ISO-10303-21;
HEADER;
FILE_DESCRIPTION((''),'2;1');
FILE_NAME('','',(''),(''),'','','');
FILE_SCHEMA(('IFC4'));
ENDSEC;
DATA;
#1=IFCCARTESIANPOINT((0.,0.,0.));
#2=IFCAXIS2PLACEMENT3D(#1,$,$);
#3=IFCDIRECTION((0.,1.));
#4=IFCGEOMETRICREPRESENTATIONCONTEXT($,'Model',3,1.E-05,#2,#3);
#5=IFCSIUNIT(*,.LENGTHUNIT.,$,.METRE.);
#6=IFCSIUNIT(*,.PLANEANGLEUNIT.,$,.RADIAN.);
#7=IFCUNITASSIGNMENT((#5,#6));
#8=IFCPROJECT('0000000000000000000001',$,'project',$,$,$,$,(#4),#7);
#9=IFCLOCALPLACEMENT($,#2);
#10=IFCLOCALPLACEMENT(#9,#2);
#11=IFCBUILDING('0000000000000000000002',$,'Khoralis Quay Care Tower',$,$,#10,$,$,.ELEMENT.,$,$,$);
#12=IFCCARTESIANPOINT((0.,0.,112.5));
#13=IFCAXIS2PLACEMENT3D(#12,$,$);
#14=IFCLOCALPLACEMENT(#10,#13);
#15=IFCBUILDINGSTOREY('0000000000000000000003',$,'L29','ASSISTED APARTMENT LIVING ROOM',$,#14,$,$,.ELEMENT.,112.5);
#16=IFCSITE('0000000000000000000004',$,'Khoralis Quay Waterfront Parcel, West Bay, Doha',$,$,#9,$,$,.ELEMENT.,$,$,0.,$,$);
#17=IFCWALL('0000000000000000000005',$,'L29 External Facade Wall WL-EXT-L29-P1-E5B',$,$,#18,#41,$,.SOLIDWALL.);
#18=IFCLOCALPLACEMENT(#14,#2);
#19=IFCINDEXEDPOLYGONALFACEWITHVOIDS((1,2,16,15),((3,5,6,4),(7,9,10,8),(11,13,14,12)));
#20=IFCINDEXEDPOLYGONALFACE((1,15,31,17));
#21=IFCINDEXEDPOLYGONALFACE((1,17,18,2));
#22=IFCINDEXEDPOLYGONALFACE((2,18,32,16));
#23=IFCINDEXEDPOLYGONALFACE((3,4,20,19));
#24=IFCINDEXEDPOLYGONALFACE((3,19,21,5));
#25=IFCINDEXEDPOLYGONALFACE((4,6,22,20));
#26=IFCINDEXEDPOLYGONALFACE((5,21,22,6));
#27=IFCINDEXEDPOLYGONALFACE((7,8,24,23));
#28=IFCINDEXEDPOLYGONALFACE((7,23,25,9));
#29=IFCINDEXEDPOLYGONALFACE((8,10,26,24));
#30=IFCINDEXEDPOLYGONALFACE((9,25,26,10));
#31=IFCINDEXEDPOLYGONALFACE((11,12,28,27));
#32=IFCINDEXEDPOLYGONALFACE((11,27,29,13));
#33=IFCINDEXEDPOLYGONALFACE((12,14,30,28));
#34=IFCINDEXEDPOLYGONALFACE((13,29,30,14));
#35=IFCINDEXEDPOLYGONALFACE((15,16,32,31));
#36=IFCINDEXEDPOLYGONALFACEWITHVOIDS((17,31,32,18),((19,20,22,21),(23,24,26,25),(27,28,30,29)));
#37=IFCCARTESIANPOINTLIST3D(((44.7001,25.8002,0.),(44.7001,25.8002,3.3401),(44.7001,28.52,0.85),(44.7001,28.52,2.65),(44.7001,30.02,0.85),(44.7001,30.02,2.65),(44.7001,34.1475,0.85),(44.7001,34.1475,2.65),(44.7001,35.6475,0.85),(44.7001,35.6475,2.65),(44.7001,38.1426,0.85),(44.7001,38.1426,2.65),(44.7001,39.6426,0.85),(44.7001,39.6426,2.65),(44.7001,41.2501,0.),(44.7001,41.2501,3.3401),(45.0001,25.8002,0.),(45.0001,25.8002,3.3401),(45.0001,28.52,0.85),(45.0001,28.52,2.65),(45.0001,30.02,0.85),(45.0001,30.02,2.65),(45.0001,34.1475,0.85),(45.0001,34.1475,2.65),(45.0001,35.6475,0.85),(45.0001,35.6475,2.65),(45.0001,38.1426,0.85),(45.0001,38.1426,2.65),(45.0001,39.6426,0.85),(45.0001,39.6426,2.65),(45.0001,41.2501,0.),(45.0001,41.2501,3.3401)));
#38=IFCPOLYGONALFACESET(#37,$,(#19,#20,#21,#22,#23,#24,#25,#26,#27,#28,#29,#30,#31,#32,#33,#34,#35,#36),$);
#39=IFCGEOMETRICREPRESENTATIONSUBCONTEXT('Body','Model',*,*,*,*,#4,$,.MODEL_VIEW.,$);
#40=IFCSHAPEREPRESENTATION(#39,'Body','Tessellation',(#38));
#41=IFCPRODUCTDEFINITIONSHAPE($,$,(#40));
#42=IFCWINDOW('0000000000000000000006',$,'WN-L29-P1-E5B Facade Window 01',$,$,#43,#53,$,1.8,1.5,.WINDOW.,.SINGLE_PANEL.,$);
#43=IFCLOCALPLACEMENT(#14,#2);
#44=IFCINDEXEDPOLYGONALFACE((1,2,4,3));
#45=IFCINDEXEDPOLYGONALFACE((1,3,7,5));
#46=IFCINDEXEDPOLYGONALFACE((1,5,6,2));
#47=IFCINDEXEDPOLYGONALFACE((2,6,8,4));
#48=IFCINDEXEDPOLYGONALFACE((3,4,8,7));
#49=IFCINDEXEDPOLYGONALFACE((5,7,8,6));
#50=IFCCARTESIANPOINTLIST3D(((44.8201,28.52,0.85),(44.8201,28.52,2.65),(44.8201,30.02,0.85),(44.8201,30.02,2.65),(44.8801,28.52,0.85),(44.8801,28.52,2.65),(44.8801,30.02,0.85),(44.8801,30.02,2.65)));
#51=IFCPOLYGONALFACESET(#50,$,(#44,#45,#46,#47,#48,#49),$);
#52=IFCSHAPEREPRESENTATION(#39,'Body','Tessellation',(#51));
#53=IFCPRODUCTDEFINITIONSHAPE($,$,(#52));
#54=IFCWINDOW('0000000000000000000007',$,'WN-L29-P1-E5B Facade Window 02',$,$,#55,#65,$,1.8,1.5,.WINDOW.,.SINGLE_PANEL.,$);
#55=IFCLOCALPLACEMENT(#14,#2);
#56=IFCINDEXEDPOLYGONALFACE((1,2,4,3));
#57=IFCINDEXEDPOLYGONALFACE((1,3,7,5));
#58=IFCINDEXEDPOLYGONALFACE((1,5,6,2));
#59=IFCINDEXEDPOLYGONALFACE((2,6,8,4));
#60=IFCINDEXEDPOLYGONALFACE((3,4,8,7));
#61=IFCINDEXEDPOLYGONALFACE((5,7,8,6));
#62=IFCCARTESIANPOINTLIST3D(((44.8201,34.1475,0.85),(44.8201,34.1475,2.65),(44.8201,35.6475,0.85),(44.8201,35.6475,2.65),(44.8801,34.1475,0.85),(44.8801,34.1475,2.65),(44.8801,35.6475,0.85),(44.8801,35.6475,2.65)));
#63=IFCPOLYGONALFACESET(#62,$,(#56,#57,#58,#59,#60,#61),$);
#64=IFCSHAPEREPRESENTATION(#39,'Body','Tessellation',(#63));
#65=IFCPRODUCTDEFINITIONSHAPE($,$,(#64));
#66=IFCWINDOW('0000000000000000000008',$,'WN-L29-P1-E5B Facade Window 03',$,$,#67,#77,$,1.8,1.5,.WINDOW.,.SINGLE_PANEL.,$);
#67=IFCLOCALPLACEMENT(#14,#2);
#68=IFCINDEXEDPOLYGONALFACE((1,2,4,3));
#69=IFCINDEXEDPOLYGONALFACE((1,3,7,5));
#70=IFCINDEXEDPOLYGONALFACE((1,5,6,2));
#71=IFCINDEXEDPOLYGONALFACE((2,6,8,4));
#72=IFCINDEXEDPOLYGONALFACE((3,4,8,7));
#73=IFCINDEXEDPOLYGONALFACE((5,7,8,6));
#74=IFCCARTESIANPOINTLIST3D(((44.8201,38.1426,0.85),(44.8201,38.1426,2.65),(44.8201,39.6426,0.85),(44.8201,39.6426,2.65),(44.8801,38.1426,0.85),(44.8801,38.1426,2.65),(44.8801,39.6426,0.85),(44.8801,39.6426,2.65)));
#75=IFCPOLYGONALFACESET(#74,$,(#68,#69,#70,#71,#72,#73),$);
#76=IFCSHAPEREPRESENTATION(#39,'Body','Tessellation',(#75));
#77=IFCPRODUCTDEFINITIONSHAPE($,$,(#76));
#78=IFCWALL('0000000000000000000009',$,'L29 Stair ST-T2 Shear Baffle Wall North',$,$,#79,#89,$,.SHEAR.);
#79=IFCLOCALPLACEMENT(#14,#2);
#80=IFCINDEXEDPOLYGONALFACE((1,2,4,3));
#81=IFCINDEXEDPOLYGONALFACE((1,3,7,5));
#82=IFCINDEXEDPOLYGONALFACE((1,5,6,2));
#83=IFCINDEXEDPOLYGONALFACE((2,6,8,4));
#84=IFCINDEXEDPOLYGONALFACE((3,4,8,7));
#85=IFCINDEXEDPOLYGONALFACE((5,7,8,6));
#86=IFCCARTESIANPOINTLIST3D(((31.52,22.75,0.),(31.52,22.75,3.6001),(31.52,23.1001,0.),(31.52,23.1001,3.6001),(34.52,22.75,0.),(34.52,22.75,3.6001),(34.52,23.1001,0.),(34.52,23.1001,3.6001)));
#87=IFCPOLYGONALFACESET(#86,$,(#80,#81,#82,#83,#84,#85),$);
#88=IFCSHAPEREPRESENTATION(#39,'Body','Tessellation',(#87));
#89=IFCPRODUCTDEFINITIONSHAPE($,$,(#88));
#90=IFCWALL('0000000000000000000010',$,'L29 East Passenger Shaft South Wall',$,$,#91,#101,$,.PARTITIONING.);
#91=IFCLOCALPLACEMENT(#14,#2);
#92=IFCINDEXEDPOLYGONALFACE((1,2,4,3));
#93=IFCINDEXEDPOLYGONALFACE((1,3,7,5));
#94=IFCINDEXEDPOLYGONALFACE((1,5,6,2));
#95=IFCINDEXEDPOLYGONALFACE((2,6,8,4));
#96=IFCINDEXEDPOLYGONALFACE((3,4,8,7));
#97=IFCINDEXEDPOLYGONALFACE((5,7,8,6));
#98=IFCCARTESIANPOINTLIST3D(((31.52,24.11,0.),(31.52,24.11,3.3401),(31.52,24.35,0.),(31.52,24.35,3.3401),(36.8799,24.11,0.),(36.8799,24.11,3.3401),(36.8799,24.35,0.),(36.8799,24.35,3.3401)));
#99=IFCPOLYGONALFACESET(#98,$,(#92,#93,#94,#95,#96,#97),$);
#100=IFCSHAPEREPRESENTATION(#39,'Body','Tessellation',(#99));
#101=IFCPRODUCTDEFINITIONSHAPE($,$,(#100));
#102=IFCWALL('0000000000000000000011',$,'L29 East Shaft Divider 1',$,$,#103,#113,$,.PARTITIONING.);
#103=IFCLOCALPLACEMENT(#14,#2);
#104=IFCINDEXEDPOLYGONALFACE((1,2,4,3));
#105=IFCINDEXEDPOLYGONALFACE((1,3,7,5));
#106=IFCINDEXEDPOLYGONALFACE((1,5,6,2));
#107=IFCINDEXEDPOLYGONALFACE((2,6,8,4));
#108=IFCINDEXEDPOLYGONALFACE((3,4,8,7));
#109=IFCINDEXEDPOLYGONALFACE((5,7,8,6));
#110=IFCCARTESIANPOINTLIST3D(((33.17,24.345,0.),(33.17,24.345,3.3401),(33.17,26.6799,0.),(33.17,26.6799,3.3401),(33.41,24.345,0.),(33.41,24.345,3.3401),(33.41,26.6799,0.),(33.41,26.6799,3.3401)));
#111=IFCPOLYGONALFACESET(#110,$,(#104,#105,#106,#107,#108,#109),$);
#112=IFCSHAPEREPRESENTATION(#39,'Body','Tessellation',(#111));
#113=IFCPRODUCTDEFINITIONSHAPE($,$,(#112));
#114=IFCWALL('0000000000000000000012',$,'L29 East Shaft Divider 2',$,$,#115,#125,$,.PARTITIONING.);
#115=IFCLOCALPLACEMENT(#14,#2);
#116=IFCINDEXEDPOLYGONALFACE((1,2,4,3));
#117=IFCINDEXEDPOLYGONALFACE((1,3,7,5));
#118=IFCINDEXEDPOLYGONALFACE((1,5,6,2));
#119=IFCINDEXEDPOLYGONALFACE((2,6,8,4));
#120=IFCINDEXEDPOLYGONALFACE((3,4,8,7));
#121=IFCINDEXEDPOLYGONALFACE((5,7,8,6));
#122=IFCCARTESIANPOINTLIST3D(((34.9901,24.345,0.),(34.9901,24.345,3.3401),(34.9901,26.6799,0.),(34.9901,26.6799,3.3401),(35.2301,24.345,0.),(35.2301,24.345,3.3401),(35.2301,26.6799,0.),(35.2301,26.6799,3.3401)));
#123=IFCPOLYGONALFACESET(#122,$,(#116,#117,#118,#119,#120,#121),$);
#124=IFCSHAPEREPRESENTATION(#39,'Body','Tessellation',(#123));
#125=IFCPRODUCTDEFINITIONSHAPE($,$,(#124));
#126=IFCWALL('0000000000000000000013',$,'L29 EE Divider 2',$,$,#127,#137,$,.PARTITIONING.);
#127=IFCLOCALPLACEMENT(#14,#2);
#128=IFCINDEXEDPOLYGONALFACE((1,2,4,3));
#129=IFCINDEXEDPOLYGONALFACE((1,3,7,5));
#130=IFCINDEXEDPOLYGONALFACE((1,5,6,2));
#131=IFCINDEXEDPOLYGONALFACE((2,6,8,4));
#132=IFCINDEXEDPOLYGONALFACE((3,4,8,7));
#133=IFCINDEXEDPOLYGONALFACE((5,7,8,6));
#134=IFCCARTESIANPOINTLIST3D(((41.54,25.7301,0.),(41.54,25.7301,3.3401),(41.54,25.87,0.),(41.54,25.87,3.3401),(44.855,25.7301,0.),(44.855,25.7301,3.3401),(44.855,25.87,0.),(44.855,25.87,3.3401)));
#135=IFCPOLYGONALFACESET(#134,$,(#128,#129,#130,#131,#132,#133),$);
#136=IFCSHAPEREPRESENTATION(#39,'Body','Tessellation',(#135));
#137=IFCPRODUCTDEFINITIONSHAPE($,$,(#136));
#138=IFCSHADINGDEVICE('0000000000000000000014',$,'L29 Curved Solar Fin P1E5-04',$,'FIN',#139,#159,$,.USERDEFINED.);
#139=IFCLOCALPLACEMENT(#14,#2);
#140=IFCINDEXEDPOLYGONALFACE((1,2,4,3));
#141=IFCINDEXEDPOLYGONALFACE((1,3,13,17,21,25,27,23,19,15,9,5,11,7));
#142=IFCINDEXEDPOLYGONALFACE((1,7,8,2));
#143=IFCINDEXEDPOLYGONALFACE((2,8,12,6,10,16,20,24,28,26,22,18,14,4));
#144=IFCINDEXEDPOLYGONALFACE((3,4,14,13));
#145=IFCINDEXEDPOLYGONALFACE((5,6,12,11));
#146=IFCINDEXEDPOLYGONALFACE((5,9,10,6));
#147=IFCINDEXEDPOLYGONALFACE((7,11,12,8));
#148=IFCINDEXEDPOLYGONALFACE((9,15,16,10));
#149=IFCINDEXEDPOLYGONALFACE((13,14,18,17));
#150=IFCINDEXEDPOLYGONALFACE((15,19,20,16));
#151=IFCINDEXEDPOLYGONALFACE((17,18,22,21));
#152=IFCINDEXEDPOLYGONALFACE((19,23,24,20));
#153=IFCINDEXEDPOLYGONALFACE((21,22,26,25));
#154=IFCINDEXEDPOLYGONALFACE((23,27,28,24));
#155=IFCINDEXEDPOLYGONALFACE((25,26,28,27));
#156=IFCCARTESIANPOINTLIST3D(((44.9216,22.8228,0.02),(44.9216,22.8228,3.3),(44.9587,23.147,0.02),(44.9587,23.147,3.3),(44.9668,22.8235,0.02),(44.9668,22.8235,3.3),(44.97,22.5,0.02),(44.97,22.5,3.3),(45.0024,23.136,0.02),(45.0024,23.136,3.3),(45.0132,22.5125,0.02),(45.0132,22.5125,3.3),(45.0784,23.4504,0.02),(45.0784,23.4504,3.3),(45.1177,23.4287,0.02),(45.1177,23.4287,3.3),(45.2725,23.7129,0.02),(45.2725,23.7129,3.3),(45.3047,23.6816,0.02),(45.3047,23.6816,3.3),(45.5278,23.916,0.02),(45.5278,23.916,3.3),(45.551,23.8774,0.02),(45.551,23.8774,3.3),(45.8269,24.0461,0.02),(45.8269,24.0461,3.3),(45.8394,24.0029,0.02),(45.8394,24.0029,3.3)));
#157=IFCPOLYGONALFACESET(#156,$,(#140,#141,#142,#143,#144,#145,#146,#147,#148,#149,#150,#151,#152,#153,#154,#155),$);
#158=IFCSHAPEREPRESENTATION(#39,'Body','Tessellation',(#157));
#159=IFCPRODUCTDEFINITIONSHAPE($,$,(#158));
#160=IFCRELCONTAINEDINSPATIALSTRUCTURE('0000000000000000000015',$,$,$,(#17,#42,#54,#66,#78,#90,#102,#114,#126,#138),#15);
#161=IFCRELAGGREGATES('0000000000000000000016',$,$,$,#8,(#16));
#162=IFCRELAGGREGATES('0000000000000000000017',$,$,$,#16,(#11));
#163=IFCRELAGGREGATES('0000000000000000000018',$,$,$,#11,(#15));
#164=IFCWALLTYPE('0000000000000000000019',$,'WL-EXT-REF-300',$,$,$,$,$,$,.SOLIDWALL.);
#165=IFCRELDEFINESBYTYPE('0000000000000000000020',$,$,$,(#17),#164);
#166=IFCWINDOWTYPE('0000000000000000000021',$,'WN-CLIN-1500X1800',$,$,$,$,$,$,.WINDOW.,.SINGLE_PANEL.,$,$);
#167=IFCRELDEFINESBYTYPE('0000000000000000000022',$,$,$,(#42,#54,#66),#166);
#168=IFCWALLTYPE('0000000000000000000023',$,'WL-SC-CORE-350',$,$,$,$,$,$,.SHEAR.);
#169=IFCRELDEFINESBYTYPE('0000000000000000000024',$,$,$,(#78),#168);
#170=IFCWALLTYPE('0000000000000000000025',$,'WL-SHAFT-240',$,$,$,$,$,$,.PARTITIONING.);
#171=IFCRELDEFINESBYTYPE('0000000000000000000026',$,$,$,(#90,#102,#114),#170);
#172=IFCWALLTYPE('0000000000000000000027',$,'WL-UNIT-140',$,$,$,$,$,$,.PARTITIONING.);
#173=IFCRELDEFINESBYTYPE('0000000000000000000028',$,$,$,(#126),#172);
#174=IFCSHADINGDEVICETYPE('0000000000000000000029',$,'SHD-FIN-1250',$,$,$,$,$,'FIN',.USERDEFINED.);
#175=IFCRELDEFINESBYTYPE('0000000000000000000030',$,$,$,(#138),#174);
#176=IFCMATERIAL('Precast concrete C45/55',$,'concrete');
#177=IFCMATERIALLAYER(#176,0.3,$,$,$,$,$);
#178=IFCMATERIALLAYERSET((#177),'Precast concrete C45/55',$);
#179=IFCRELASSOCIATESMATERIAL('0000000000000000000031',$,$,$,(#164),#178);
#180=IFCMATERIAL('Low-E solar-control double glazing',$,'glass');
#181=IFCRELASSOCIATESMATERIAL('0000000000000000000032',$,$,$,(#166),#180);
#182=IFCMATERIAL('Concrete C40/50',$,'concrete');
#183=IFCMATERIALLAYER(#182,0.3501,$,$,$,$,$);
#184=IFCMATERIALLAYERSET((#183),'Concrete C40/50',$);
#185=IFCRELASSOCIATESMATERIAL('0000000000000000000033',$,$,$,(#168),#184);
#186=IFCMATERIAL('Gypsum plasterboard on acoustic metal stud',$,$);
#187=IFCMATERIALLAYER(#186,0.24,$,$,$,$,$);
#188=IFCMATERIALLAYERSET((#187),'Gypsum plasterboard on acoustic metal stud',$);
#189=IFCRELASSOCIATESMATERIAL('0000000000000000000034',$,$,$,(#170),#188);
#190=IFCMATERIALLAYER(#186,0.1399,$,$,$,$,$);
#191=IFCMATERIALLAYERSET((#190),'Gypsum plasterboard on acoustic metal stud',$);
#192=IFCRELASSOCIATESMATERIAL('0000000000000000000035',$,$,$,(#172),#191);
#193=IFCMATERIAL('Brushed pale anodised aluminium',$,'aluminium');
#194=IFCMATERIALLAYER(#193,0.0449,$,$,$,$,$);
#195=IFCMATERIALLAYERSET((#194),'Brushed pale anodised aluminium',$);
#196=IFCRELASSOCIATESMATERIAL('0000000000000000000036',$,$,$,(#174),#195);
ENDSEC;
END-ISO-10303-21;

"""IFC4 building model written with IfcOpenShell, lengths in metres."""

from ifc_helpers import new_model, si_unit, direction, frame, frame_2d, origin, place, context, subcontext, project, spatial, polyline, rectangle, outline, extrude, source, transform, mapped, material, layer, layer_set, type_object, element, fill, save


model = new_model("IFC4")

# Units and contexts
model_context = context("Model", 3, precision=1e-05, world=origin(), true_north=direction((0.0, 1.0)))
body_context = subcontext(model_context, "Body", "Model", "MODEL_VIEW")
ifc_project = project(units=[si_unit("LENGTHUNIT", "METRE"), si_unit("PLANEANGLEUNIT", "RADIAN")], contexts=[model_context])

# Site, building, storey
site_placement = place(None, origin())
site = spatial("IfcSite", under=ifc_project, at=site_placement, Name="Khoralis Quay Waterfront Parcel, West Bay, Doha", CompositionType="ELEMENT", RefElevation=0.0)
building_placement = place(site_placement, origin())
building = spatial("IfcBuilding", under=site, at=building_placement, Name="Khoralis Quay Care Tower", CompositionType="ELEMENT")
storey_placement = place(building_placement, frame((0.0, 0.0, 112.5)))
storey = spatial("IfcBuildingStorey", under=building, at=storey_placement, Name="L29", Description="ASSISTED APARTMENT LIVING ROOM", CompositionType="ELEMENT", Elevation=112.5)

# Shared definitions
ifc_material_1 = material(Name="Low-E solar-control double glazing", Category="glass")

# Wall, openings, windows
ifc_material_2 = material(Name="Precast concrete C45/55", Category="concrete")
ifc_layer_1 = layer(ifc_material_2, 0.3)
ifc_layer_set_1 = layer_set([ifc_layer_1], Name="Precast concrete C45/55")
wall_type_1 = type_object("IfcWallType", Name="WL-EXT-REF-300", PredefinedType="SOLIDWALL", material=ifc_layer_set_1)
wall_1_placement = place(storey_placement, frame((44.8501, 25.8, 0.0), z_axis=(0.0, 0.0, 1.0), x_axis=(0.0, 1.0, 0.0)))
wall_1 = element("IfcWall", 1, at=wall_1_placement, inside=storey, type_object=wall_type_1, Name="L29 External Facade Wall WL-EXT-L29-P1-E5B", PredefinedType="SOLIDWALL", context=body_context, shape_type="SweptSolid", body=[
    extrude(rectangle(XDim=15.45, YDim=0.3, at=frame_2d((7.7251, 0.0))), origin(), (0.0, 0.0, 1.0), 3.3401),
])
opening_1_placement = place(wall_1_placement, frame((2.72, 0.0, 0.8501)))
opening_1 = element("IfcOpeningElement", 2, at=opening_1_placement, cuts=wall_1, PredefinedType="OPENING", context=body_context, shape_type="SweptSolid", body=[
    extrude(rectangle(XDim=1.5, YDim=1.8, at=frame_2d((0.75, 0.8999))), frame((0.0, 0.1602, 0.0), z_axis=(0.0, -1.0, 0.0), x_axis=(1.0, 0.0, 0.0)), (0.0, 0.0, 1.0), 0.3201),
])
opening_2_placement = place(wall_1_placement, frame((8.3474, 0.0, 0.8501)))
opening_2 = element("IfcOpeningElement", 3, at=opening_2_placement, cuts=wall_1, PredefinedType="OPENING", context=body_context, shape_type="SweptSolid", body=[
    extrude(rectangle(XDim=1.5, YDim=1.8, at=frame_2d((0.75, 0.8999))), frame((0.0, 0.1602, 0.0), z_axis=(0.0, -1.0, 0.0), x_axis=(1.0, 0.0, 0.0)), (0.0, 0.0, 1.0), 0.3201),
])
opening_3_placement = place(wall_1_placement, frame((12.3425, 0.0, 0.8501)))
opening_3 = element("IfcOpeningElement", 4, at=opening_3_placement, cuts=wall_1, PredefinedType="OPENING", context=body_context, shape_type="SweptSolid", body=[
    extrude(rectangle(XDim=1.5, YDim=1.8, at=frame_2d((0.75, 0.8999))), frame((0.0, 0.1602, 0.0), z_axis=(0.0, -1.0, 0.0), x_axis=(1.0, 0.0, 0.0)), (0.0, 0.0, 1.0), 0.3201),
])
window_type = type_object("IfcWindowType", Name="WN-CLIN-1500X1800", PartitioningType="SINGLE_PANEL", PredefinedType="WINDOW", material=ifc_material_1)
shared_shape_1 = source(origin(), body_context, "Body", "SweptSolid", [
    extrude(rectangle(XDim=1.5, YDim=1.8, at=frame_2d((0.75, 0.8999))), frame((0.0, 0.03, 0.0), z_axis=(0.0, -1.0, 0.0), x_axis=(1.0, 0.0, 0.0)), (0.0, 0.0, 1.0), 0.0601),
])
window_1_placement = place(opening_1_placement, origin())
window_1 = element("IfcWindow", 5, at=window_1_placement, inside=storey, type_object=window_type, Name="WN-L29-P1-E5B Facade Window 01", OverallHeight=1.8, OverallWidth=1.5, PartitioningType="SINGLE_PANEL", PredefinedType="WINDOW", context=body_context, shape_type="MappedRepresentation", body=[
    mapped(shared_shape_1, transform((0.0, 0.0, 0.0), scale=1.0)),
])
fill(opening_1, window_1)
window_2_placement = place(opening_2_placement, origin())
window_2 = element("IfcWindow", 6, at=window_2_placement, inside=storey, type_object=window_type, Name="WN-L29-P1-E5B Facade Window 02", OverallHeight=1.8, OverallWidth=1.5, PartitioningType="SINGLE_PANEL", PredefinedType="WINDOW", context=body_context, shape_type="MappedRepresentation", body=[
    mapped(shared_shape_1, transform((0.0, 0.0, 0.0), scale=1.0)),
])
fill(opening_2, window_2)
window_3_placement = place(opening_3_placement, origin())
window_3 = element("IfcWindow", 7, at=window_3_placement, inside=storey, type_object=window_type, Name="WN-L29-P1-E5B Facade Window 03", OverallHeight=1.8, OverallWidth=1.5, PartitioningType="SINGLE_PANEL", PredefinedType="WINDOW", context=body_context, shape_type="MappedRepresentation", body=[
    mapped(shared_shape_1, transform((0.0, 0.0, 0.0), scale=1.0)),
])
fill(opening_3, window_3)

# Walls
ifc_material_3 = material(Name="Concrete C40/50", Category="concrete")
ifc_layer_2 = layer(ifc_material_3, 0.3501)
ifc_layer_set_2 = layer_set([ifc_layer_2], Name="Concrete C40/50")
wall_type_2 = type_object("IfcWallType", Name="WL-SC-CORE-350", PredefinedType="SHEAR", material=ifc_layer_set_2)
wall_2_placement = place(storey_placement, frame((31.52, 22.925, 0.0), z_axis=(0.0, 0.0, 1.0), x_axis=(1.0, 0.0, 0.0)))
element("IfcWall", 8, at=wall_2_placement, inside=storey, type_object=wall_type_2, Name="L29 Stair ST-T2 Shear Baffle Wall North", PredefinedType="SHEAR", context=body_context, shape_type="SweptSolid", body=[
    extrude(rectangle(XDim=3.0, YDim=0.3501, at=frame_2d((1.5, 0.0))), origin(), (0.0, 0.0, 1.0), 3.6001),
])
ifc_material_4 = material(Name="Gypsum plasterboard on acoustic metal stud")
ifc_layer_3 = layer(ifc_material_4, 0.24)
ifc_layer_set_3 = layer_set([ifc_layer_3], Name="Gypsum plasterboard on acoustic metal stud")
wall_type_3 = type_object("IfcWallType", Name="WL-SHAFT-240", PredefinedType="PARTITIONING", material=ifc_layer_set_3)
wall_3_placement = place(storey_placement, frame((31.52, 24.23, 0.0), z_axis=(0.0, 0.0, 1.0), x_axis=(1.0, 0.0, 0.0)))
element("IfcWall", 9, at=wall_3_placement, inside=storey, type_object=wall_type_3, Name="L29 East Passenger Shaft South Wall", PredefinedType="PARTITIONING", context=body_context, shape_type="SweptSolid", body=[
    extrude(rectangle(XDim=5.3599, YDim=0.24, at=frame_2d((2.6799, 0.0))), origin(), (0.0, 0.0, 1.0), 3.3401),
])
for number, where, z_axis, x_axis, name in (
    (10, (33.29, 24.345, 0.0), (0.0, 0.0, 1.0), (0.0, 1.0, 0.0), "L29 East Shaft Divider 1"),
    (11, (35.1101, 24.345, 0.0), (0.0, 0.0, 1.0), (0.0, 1.0, 0.0), "L29 East Shaft Divider 2"),
):
    element("IfcWall", number, at=place(storey_placement, frame(where, z_axis=z_axis, x_axis=x_axis)), inside=storey, type_object=wall_type_3, Name=name, PredefinedType="PARTITIONING", context=body_context, shape_type="SweptSolid", body=[
        extrude(rectangle(XDim=2.335, YDim=0.24, at=frame_2d((1.1675, 0.0))), origin(), (0.0, 0.0, 1.0), 3.3401),
    ])
ifc_layer_4 = layer(ifc_material_4, 0.1399)
ifc_layer_set_4 = layer_set([ifc_layer_4], Name="Gypsum plasterboard on acoustic metal stud")
wall_type_4 = type_object("IfcWallType", Name="WL-UNIT-140", PredefinedType="PARTITIONING", material=ifc_layer_set_4)
wall_4_placement = place(storey_placement, frame((41.54, 25.8, 0.0), z_axis=(0.0, 0.0, 1.0), x_axis=(1.0, 0.0, 0.0)))
element("IfcWall", 12, at=wall_4_placement, inside=storey, type_object=wall_type_4, Name="L29 EE Divider 2", PredefinedType="PARTITIONING", context=body_context, shape_type="SweptSolid", body=[
    extrude(rectangle(XDim=3.3149, YDim=0.1399, at=frame_2d((1.6575, 0.0))), origin(), (0.0, 0.0, 1.0), 3.3401),
])

# Shading device
ifc_material_5 = material(Name="Brushed pale anodised aluminium", Category="aluminium")
ifc_layer_5 = layer(ifc_material_5, 0.0449)
ifc_layer_set_5 = layer_set([ifc_layer_5], Name="Brushed pale anodised aluminium")
shading_device_type = type_object("IfcShadingDeviceType", Name="SHD-FIN-1250", ElementType="FIN", PredefinedType="USERDEFINED", material=ifc_layer_set_5)
shared_shape_2 = source(origin(), body_context, "Body", "SweptSolid", [
    extrude(outline(polyline([(0.0, 0.0), (-0.0483, 0.3228), (-0.0112, 0.647), (0.1084, 0.9504), (0.3025, 1.2129), (0.5579, 1.416), (0.8569, 1.5461), (0.8694, 1.5029), (0.5811, 1.3774), (0.3347, 1.1816), (0.1477, 0.9287), (0.0325, 0.636), (-0.0032, 0.3235), (0.0432, 0.0125), (0.0, 0.0)])), origin(), (0.0, 0.0, 1.0), 3.28),
])
for number, where, z_axis, x_axis, name in (
    (13, (44.97, 22.5, 0.02), (0.0, 0.0, 1.0), (1.0, 0.0, 0.0), "L29 Curved Solar Fin P1E5-04"),
):
    element("IfcShadingDevice", number, at=place(storey_placement, frame(where, z_axis=z_axis, x_axis=x_axis)), inside=storey, type_object=shading_device_type, Name=name, ObjectType="FIN", PredefinedType="USERDEFINED", context=body_context, shape_type="MappedRepresentation", body=[
        mapped(shared_shape_2, transform((0.0, 0.0, 0.0), scale=1.0)),
    ])

save(model, "model.ifc")
